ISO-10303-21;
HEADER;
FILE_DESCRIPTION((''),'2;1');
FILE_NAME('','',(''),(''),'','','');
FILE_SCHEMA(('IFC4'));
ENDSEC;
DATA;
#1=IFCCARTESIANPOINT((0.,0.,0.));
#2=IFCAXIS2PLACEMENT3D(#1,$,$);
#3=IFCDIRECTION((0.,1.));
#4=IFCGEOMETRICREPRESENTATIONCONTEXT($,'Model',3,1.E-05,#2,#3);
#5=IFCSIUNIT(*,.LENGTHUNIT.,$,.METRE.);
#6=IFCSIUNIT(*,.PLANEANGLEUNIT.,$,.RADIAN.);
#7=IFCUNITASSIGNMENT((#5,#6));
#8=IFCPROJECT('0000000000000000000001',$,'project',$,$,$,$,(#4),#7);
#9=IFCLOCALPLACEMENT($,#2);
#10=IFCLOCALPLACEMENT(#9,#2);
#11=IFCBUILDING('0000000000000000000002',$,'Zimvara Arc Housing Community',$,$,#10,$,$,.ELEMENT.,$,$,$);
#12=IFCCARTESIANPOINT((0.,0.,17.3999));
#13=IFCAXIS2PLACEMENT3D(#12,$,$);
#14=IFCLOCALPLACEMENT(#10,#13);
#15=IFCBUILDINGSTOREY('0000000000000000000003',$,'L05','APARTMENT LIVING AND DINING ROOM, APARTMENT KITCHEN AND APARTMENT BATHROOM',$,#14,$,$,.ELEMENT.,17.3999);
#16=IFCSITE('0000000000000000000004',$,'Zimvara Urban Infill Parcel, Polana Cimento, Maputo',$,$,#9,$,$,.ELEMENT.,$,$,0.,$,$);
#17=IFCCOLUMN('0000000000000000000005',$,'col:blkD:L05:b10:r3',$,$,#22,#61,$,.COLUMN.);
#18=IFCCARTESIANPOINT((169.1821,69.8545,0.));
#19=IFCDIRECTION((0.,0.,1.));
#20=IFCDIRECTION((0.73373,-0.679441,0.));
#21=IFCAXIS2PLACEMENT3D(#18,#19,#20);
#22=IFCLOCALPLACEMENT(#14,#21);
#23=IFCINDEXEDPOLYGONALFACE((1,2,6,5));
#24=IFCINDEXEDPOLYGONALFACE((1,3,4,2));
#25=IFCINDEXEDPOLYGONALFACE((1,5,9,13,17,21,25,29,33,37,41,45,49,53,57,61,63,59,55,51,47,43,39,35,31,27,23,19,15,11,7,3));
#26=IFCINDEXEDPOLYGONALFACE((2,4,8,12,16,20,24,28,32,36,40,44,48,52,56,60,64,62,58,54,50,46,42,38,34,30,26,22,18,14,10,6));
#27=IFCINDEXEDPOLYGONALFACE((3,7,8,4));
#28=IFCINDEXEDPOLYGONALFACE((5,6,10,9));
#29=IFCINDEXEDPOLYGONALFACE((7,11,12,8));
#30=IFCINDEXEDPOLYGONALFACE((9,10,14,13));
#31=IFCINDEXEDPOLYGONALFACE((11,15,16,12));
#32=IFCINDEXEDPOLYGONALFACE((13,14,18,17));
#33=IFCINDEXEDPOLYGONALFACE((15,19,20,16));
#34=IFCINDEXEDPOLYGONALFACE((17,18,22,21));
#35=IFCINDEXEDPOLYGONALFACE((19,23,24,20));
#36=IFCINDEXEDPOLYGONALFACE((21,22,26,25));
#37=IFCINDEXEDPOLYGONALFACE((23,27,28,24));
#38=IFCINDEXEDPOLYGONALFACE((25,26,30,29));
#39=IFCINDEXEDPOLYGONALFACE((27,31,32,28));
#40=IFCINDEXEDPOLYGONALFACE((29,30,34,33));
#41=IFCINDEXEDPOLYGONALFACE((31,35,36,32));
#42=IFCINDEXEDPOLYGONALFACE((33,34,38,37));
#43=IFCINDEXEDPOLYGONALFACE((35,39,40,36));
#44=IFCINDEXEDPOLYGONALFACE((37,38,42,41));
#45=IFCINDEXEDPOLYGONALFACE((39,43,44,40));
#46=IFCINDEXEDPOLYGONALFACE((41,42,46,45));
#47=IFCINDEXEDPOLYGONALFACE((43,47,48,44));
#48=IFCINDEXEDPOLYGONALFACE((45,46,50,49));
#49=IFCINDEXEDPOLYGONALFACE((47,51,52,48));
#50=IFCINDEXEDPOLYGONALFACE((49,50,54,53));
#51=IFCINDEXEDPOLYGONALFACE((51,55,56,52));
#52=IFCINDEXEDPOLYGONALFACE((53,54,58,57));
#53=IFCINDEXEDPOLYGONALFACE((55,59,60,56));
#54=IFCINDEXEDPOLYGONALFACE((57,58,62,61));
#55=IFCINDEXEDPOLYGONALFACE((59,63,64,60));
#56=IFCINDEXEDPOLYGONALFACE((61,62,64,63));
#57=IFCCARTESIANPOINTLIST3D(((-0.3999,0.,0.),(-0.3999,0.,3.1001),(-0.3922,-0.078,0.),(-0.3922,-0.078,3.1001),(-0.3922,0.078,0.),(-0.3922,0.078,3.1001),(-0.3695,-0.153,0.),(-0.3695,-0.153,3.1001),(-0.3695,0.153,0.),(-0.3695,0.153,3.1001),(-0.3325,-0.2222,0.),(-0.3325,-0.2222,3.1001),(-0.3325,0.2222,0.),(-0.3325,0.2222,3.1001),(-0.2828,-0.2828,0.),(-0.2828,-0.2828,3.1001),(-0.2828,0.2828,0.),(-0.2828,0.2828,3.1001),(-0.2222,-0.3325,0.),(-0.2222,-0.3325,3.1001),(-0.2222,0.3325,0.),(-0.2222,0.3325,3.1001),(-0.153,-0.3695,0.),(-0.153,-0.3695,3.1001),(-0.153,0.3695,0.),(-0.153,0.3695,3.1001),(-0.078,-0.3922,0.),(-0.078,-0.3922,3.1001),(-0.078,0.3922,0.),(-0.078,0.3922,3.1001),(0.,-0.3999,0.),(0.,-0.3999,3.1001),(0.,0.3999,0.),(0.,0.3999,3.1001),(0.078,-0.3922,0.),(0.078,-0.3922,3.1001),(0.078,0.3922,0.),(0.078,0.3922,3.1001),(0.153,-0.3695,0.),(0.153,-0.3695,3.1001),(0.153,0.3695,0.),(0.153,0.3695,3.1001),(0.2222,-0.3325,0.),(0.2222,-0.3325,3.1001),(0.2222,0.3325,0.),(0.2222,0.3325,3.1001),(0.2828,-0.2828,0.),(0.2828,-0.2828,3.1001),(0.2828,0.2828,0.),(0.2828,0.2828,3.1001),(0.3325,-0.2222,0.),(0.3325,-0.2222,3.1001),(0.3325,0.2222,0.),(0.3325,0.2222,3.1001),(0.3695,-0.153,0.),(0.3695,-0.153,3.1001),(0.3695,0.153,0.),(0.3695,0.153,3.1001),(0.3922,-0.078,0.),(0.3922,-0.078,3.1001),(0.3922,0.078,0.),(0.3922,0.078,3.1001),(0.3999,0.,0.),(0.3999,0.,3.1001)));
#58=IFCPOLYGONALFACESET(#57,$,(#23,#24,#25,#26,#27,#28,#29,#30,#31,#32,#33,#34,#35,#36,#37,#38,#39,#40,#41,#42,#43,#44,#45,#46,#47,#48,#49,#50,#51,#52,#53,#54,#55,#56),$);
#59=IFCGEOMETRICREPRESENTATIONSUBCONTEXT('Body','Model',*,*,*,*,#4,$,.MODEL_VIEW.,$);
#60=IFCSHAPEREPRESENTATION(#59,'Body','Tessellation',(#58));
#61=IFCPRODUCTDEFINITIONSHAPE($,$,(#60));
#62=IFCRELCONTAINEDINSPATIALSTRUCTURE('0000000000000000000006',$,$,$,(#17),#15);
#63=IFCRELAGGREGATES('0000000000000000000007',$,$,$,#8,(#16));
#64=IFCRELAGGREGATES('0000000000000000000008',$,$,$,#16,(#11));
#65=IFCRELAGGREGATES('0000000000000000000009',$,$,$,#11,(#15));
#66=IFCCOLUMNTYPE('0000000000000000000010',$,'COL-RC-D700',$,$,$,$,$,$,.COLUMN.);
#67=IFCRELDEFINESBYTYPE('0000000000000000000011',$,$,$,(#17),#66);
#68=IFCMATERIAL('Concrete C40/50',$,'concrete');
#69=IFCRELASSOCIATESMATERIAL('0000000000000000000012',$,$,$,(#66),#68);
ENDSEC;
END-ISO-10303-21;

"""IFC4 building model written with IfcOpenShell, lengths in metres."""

from ifc_helpers import new_model, si_unit, direction, frame, origin, origin_2d, place, context, subcontext, project, spatial, circle, extrude, material, material_profile, profile_set, type_object, element, save


model = new_model("IFC4")

# Units and contexts
model_context = context("Model", 3, precision=1e-05, world=origin(), true_north=direction((0.0, 1.0)))
body_context = subcontext(model_context, "Body", "Model", "MODEL_VIEW")
ifc_project = project(units=[si_unit("LENGTHUNIT", "METRE"), si_unit("PLANEANGLEUNIT", "RADIAN")], contexts=[model_context])

# Site, building, storey
site_placement = place(None, origin())
site = spatial("IfcSite", under=ifc_project, at=site_placement, Name="Zimvara Urban Infill Parcel, Polana Cimento, Maputo", CompositionType="ELEMENT", RefElevation=0.0)
building_placement = place(site_placement, origin())
building = spatial("IfcBuilding", under=site, at=building_placement, Name="Zimvara Arc Housing Community", CompositionType="ELEMENT")
storey_placement = place(building_placement, frame((0.0, 0.0, 17.3999)))
storey = spatial("IfcBuildingStorey", under=building, at=storey_placement, Name="L05", Description="APARTMENT LIVING AND DINING ROOM, APARTMENT KITCHEN AND APARTMENT BATHROOM", CompositionType="ELEMENT", Elevation=17.3999)

# Column
ifc_material_1 = material(Name="Concrete C40/50", Category="concrete")
ifc_material_profile_1 = material_profile(ifc_material_1, circle(Radius=0.3999, at=origin_2d()), Name="RC D800")
ifc_profile_set_1 = profile_set([ifc_material_profile_1], Name="Concrete C40/50")
column_type_1 = type_object("IfcColumnType", Name="COL-RC-D700", PredefinedType="COLUMN", material=ifc_profile_set_1)
column_placement = place(storey_placement, frame((169.1821, 69.8545, 0.0), z_axis=(0.0, 0.0, 1.0), x_axis=(0.73373, -0.679441, 0.0)))
element("IfcColumn", 1, at=column_placement, inside=storey, type_object=column_type_1, Name="col:blkD:L05:b10:r3", PredefinedType="COLUMN", context=body_context, shape_type="SweptSolid", body=[
    extrude(circle(Radius=0.3999, at=origin_2d()), origin(), (0.0, 0.0, 1.0), 3.1001),
])

save(model, "model.ifc")
